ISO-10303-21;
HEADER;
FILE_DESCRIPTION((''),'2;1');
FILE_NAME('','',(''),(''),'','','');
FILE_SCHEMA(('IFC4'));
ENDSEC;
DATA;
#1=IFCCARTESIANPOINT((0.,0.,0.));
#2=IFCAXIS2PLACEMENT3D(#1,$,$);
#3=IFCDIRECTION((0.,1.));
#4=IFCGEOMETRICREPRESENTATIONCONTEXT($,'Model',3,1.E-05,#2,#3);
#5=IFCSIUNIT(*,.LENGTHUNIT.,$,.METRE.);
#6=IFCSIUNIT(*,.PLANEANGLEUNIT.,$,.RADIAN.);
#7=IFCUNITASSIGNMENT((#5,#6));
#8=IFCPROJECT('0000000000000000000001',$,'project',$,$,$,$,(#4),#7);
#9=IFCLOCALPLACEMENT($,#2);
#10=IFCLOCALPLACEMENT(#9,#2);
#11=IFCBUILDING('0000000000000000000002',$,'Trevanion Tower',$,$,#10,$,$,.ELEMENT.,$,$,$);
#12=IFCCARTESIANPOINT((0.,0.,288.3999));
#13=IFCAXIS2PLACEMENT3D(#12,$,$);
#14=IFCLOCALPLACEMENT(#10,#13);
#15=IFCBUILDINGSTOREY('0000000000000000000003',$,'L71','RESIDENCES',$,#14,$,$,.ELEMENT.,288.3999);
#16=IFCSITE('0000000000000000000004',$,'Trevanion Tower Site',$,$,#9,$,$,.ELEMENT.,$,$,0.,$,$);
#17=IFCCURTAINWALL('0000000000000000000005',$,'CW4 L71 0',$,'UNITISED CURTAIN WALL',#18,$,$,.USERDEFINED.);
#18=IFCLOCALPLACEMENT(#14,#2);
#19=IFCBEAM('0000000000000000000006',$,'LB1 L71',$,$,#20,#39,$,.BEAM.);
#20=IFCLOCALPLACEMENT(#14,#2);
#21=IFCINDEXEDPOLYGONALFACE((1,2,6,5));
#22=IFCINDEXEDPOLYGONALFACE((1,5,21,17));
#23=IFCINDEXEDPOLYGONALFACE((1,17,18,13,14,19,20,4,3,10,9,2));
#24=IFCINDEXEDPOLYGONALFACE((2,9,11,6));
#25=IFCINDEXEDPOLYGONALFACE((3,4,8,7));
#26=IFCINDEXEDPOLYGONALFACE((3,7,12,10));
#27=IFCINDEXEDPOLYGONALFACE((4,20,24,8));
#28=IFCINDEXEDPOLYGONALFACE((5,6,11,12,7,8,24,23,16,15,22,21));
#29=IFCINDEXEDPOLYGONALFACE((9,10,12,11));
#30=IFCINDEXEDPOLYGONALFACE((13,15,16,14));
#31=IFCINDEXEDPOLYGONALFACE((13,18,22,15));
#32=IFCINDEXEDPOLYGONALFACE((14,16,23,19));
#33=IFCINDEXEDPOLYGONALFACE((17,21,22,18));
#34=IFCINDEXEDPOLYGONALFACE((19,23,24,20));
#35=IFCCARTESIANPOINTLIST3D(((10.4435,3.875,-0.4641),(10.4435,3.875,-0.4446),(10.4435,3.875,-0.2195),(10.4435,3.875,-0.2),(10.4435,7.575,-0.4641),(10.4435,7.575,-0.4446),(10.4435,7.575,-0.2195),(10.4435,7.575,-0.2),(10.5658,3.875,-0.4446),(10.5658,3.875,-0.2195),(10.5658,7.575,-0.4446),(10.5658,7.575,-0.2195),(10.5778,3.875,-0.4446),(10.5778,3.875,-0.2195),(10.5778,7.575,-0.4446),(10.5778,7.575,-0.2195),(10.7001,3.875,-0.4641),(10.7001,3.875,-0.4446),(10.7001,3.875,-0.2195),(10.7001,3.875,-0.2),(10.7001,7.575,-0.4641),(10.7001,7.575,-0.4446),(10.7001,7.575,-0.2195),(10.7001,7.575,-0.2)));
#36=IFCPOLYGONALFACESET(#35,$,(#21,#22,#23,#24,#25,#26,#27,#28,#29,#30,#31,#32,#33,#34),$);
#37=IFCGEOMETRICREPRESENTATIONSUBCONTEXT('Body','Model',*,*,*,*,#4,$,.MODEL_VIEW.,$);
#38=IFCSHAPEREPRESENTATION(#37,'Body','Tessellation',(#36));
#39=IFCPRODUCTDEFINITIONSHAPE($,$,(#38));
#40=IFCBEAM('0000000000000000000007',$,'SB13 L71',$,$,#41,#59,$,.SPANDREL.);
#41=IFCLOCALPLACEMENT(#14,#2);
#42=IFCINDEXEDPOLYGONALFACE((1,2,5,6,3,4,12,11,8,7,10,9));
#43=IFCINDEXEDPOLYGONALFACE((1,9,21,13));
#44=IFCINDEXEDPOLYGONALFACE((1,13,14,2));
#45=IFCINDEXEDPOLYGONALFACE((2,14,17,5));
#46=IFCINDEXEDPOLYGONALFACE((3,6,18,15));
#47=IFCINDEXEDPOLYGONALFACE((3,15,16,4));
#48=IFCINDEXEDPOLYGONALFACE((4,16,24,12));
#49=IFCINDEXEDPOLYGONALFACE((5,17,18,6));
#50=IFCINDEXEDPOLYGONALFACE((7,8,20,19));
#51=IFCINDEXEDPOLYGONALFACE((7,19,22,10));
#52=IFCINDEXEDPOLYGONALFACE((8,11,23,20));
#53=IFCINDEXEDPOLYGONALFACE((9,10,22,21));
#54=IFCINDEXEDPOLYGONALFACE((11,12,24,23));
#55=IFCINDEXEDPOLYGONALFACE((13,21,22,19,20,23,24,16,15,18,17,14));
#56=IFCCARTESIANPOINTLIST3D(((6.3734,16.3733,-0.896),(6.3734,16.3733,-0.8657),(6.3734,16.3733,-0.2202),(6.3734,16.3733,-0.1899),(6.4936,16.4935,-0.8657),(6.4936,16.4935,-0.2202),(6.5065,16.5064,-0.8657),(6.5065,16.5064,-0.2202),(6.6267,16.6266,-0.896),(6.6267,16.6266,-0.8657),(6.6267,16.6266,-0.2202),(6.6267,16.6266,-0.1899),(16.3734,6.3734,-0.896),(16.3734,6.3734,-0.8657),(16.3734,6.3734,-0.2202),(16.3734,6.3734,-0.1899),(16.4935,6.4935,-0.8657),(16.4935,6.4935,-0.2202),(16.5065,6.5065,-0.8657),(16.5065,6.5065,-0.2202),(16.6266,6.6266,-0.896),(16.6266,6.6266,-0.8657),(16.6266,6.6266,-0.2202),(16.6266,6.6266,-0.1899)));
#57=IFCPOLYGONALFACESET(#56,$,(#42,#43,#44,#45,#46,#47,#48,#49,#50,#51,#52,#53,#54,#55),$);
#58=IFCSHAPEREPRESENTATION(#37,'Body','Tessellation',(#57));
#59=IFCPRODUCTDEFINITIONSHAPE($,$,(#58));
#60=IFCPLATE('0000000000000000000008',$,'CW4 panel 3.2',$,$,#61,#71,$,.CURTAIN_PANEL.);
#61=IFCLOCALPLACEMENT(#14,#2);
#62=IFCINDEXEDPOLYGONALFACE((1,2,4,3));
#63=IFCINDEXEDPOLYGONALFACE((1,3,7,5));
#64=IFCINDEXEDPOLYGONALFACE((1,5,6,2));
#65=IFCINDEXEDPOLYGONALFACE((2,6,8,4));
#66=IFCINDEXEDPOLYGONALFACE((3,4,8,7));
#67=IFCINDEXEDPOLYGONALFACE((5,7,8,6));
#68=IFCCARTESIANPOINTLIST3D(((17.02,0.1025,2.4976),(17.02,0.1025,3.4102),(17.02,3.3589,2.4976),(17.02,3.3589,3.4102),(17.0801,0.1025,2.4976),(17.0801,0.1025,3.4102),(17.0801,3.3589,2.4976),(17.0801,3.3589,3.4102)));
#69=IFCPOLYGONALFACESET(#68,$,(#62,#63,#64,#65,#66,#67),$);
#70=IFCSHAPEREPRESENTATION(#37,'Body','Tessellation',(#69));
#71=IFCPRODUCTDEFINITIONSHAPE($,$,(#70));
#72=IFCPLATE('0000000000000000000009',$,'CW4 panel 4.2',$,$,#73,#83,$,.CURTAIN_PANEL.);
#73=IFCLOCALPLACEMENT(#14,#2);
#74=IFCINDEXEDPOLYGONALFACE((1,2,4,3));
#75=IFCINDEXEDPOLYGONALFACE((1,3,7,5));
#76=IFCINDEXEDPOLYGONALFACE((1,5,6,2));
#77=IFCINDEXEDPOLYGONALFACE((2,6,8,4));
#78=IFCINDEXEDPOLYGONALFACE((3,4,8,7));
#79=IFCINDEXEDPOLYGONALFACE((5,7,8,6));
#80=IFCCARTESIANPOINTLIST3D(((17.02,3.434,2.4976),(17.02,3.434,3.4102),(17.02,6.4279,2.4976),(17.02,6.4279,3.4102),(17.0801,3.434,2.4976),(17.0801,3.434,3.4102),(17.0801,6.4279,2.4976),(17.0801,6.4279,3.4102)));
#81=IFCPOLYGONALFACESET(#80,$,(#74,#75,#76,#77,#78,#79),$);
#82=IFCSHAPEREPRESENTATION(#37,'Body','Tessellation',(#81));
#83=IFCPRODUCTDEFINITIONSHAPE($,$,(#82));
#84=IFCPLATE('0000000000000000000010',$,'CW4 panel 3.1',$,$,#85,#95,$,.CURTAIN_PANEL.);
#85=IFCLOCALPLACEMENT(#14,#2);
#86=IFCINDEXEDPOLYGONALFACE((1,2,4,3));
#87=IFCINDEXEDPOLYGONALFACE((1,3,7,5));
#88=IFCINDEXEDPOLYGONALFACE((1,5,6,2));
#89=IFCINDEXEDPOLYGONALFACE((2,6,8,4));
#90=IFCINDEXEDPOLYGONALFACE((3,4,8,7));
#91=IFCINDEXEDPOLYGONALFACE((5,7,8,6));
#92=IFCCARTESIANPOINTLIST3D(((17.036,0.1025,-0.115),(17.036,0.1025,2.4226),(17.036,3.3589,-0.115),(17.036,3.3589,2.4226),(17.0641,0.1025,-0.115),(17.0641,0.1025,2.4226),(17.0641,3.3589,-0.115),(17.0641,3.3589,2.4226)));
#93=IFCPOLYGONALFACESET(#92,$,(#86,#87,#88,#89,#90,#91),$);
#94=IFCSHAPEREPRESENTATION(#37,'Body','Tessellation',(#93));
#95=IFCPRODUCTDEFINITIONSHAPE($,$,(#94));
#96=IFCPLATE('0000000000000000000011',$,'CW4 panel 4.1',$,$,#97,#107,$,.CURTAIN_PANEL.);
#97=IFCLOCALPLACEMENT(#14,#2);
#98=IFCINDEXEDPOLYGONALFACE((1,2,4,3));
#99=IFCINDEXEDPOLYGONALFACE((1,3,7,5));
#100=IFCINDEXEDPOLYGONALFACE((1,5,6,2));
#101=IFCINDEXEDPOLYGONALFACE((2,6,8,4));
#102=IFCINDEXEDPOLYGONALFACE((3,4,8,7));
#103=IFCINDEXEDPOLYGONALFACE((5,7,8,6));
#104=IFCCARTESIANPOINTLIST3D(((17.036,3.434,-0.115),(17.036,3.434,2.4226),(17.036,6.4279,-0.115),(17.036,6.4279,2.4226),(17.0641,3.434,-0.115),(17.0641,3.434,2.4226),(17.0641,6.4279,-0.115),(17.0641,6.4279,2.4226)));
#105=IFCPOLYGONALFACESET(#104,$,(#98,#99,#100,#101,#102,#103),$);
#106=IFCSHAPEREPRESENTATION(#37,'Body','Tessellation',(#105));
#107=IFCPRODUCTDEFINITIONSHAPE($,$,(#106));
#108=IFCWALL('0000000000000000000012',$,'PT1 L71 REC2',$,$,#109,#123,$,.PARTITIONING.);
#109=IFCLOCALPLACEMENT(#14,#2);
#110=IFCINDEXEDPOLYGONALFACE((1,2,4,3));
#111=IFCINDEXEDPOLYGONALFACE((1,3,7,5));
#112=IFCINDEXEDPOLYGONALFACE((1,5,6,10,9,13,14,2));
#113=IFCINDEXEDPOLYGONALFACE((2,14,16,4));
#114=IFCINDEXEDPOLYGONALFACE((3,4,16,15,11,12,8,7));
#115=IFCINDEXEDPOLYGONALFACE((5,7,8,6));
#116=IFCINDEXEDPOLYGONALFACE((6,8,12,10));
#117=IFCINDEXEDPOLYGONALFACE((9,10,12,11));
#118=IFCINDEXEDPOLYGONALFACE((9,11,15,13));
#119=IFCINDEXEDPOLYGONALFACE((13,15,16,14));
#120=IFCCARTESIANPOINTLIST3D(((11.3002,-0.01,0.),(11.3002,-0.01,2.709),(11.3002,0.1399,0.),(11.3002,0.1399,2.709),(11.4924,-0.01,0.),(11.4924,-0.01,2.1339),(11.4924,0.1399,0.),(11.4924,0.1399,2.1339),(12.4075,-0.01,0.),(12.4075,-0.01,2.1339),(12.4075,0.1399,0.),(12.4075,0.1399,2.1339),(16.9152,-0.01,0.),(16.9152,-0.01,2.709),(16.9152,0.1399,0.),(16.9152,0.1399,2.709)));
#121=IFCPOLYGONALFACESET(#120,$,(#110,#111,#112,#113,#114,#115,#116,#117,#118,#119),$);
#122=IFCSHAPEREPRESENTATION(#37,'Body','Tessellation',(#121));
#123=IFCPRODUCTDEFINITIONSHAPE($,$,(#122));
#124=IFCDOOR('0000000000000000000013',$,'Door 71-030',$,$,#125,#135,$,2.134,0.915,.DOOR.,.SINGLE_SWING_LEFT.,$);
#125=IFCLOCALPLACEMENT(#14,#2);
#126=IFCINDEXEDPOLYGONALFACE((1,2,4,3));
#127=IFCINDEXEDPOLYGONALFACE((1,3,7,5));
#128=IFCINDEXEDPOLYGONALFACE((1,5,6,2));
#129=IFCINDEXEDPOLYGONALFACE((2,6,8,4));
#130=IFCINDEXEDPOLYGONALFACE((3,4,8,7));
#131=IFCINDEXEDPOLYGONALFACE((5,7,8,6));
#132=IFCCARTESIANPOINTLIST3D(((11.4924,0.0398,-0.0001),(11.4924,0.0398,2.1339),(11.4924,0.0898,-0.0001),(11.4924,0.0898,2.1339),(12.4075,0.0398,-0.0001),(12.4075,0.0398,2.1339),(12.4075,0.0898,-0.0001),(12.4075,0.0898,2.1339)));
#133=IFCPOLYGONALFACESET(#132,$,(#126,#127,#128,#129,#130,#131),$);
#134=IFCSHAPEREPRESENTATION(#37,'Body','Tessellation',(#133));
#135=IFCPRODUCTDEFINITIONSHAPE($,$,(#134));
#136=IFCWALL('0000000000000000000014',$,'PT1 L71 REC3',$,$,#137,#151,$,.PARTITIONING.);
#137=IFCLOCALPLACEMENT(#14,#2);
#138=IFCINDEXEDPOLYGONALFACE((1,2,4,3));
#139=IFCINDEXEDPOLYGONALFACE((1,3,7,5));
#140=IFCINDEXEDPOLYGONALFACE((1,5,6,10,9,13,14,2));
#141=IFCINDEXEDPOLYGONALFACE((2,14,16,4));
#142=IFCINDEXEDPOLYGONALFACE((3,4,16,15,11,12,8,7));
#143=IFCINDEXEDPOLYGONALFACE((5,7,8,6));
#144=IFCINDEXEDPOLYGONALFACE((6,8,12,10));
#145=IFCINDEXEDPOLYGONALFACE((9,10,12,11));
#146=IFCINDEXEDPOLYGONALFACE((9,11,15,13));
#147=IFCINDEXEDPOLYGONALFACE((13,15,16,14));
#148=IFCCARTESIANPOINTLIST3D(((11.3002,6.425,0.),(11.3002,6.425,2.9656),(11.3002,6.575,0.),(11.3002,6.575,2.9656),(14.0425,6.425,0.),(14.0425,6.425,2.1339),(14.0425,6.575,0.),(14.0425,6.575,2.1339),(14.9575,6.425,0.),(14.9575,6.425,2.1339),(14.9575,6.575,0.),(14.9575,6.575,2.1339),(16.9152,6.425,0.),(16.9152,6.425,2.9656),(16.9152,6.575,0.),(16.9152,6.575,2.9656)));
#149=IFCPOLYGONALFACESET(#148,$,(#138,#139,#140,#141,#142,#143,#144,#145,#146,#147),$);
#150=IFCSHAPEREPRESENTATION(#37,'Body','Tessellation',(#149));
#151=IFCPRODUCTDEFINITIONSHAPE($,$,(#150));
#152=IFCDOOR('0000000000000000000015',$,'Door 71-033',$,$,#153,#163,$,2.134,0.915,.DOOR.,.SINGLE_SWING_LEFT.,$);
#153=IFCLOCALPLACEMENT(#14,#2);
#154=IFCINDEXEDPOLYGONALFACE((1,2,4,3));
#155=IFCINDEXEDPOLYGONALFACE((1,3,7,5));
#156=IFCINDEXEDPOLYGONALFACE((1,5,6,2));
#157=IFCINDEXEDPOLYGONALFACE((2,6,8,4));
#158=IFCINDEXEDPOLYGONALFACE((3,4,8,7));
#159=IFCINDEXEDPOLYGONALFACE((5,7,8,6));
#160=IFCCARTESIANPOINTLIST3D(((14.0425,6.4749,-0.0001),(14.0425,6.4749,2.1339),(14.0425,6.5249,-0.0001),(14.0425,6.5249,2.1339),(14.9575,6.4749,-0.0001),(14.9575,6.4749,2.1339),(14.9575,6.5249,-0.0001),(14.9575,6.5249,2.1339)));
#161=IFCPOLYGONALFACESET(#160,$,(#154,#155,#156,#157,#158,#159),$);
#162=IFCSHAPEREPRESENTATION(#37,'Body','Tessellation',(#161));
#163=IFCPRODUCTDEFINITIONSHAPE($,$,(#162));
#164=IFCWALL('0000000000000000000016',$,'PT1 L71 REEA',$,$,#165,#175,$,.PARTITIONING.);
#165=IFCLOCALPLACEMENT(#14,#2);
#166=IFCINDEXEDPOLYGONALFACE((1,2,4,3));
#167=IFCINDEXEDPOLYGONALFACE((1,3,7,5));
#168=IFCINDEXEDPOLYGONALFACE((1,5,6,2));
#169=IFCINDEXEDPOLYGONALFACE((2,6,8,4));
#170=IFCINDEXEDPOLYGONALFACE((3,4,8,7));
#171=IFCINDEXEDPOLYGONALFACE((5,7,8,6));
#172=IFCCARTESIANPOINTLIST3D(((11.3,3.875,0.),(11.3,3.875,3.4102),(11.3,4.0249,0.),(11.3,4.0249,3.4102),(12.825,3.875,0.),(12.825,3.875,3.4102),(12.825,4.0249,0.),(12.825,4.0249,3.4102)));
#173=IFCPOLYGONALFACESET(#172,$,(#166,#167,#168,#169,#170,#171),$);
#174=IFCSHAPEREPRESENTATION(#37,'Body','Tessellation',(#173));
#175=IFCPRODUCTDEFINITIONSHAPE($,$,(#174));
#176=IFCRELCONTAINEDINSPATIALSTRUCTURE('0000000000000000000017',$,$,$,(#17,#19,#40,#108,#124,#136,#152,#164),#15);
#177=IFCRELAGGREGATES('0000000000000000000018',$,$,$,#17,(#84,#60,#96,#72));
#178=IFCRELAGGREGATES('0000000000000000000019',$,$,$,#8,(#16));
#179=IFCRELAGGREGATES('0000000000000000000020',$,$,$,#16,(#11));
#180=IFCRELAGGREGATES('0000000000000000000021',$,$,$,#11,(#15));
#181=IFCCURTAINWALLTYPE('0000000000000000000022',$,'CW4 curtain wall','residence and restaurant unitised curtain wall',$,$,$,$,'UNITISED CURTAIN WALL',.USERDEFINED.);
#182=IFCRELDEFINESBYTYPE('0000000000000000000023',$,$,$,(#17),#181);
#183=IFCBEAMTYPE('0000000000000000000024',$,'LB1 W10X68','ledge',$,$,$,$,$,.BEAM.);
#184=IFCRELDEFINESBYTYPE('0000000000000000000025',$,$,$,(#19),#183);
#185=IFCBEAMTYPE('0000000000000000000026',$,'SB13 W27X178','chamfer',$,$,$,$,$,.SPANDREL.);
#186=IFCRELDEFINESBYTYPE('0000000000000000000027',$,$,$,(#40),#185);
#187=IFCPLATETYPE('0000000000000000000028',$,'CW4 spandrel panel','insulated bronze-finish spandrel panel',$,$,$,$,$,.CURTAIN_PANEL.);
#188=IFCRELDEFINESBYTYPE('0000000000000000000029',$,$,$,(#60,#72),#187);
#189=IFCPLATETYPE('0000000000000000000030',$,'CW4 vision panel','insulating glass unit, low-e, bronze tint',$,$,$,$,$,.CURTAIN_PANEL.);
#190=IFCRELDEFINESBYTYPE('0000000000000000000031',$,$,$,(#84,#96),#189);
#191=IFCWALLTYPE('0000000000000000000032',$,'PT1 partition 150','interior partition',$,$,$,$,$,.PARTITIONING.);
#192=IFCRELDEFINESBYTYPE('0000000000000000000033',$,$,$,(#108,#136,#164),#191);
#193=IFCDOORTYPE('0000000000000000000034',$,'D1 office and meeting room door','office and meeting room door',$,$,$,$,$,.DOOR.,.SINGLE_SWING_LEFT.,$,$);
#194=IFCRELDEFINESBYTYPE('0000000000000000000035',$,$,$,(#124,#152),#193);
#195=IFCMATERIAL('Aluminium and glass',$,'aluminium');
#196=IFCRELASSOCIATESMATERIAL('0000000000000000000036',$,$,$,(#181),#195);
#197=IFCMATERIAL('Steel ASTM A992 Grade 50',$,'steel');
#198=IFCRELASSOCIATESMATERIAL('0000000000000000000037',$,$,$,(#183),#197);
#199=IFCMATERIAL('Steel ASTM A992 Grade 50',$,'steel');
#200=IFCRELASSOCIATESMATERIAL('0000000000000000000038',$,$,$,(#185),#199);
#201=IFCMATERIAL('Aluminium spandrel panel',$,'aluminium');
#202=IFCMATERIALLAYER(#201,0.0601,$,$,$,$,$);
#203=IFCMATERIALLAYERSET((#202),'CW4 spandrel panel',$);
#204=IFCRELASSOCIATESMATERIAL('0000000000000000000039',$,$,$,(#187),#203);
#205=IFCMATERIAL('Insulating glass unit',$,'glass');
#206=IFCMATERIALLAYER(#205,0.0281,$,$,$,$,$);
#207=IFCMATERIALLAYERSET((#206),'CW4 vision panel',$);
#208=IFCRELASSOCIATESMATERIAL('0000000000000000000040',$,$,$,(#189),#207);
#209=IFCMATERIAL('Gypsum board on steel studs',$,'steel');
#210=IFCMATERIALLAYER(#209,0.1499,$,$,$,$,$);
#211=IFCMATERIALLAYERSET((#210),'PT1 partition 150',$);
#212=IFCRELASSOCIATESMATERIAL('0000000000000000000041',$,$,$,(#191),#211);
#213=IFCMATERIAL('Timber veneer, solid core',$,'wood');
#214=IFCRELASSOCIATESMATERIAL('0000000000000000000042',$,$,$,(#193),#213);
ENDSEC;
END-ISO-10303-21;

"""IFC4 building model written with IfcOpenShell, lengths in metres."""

from ifc_helpers import new_model, si_unit, direction, frame, frame_2d, origin, origin_2d, place, context, subcontext, project, spatial, rectangle, i_section, extrude, material, layer, layer_set, material_profile, profile_set, type_object, element, fill, aggregate, save


model = new_model("IFC4")

# Units and contexts
model_context = context("Model", 3, precision=1e-05, world=origin(), true_north=direction((0.0, 1.0)))
body_context = subcontext(model_context, "Body", "Model", "MODEL_VIEW")
ifc_project = project(units=[si_unit("LENGTHUNIT", "METRE"), si_unit("PLANEANGLEUNIT", "RADIAN")], contexts=[model_context])

# Site, building, storey
site_placement = place(None, origin())
site = spatial("IfcSite", under=ifc_project, at=site_placement, Name="Trevanion Tower Site", CompositionType="ELEMENT", RefElevation=0.0)
building_placement = place(site_placement, origin())
building = spatial("IfcBuilding", under=site, at=building_placement, Name="Trevanion Tower", CompositionType="ELEMENT")
storey_placement = place(building_placement, frame((0.0, 0.0, 288.3999)))
storey = spatial("IfcBuildingStorey", under=building, at=storey_placement, Name="L71", Description="RESIDENCES", CompositionType="ELEMENT", Elevation=288.3999)

# Curtain wall
ifc_material_1 = material(Name="Aluminium and glass", Category="aluminium")
curtain_wall_type = type_object("IfcCurtainWallType", Name="CW4 curtain wall", Description="residence and restaurant unitised curtain wall", ElementType="UNITISED CURTAIN WALL", PredefinedType="USERDEFINED", material=ifc_material_1)
curtain_wall_placement = place(storey_placement, origin())
curtain_wall = element("IfcCurtainWall", 1, at=curtain_wall_placement, inside=storey, type_object=curtain_wall_type, Name="CW4 L71 0", ObjectType="UNITISED CURTAIN WALL", PredefinedType="USERDEFINED")

# Beams
ifc_material_2 = material(Name="Steel ASTM A992 Grade 50", Category="steel")
ifc_material_profile_1 = material_profile(ifc_material_2, i_section(OverallWidth=0.2566, OverallDepth=0.2642, WebThickness=0.012, FlangeThickness=0.0195, at=origin_2d()), Name="W10X68")
ifc_profile_set_1 = profile_set([ifc_material_profile_1], Name="Steel ASTM A992 Grade 50")
beam_type_1 = type_object("IfcBeamType", Name="LB1 W10X68", Description="ledge", PredefinedType="BEAM", material=ifc_profile_set_1)
beam_1_placement = place(storey_placement, frame((10.5718, 3.875, -0.332), z_axis=(0.0, 1.0, 0.0), x_axis=(-1.0, 0.0, 0.0)))
element("IfcBeam", 2, at=beam_1_placement, inside=storey, type_object=beam_type_1, Name="LB1 L71", PredefinedType="BEAM", context=body_context, shape_type="SweptSolid", body=[
    extrude(i_section(OverallWidth=0.2566, OverallDepth=0.2642, WebThickness=0.012, FlangeThickness=0.0195, at=origin_2d()), origin(), (0.0, 0.0, 1.0), 3.7),
])
ifc_material_3 = material(Name="Steel ASTM A992 Grade 50", Category="steel")
ifc_material_profile_2 = material_profile(ifc_material_3, i_section(OverallWidth=0.3582, OverallDepth=0.7061, WebThickness=0.0183, FlangeThickness=0.0303, at=origin_2d()), Name="W27X178")
ifc_profile_set_2 = profile_set([ifc_material_profile_2], Name="Steel ASTM A992 Grade 50")
beam_type_2 = type_object("IfcBeamType", Name="SB13 W27X178", Description="chamfer", PredefinedType="SPANDREL", material=ifc_profile_set_2)
beam_2_placement = place(storey_placement, frame((16.5, 6.5, -0.543), z_axis=(-0.707107, 0.707107, 0.0), x_axis=(-0.707107, -0.707107, 0.0)))
element("IfcBeam", 3, at=beam_2_placement, inside=storey, type_object=beam_type_2, Name="SB13 L71", PredefinedType="SPANDREL", context=body_context, shape_type="SweptSolid", body=[
    extrude(i_section(OverallWidth=0.3582, OverallDepth=0.7061, WebThickness=0.0183, FlangeThickness=0.0303, at=origin_2d()), origin(), (0.0, 0.0, 1.0), 14.1421),
])

# Plates
ifc_material_4 = material(Name="Aluminium spandrel panel", Category="aluminium")
ifc_layer_1 = layer(ifc_material_4, 0.0601)
ifc_layer_set_1 = layer_set([ifc_layer_1], Name="CW4 spandrel panel")
plate_type_1 = type_object("IfcPlateType", Name="CW4 spandrel panel", Description="insulated bronze-finish spandrel panel", PredefinedType="CURTAIN_PANEL", material=ifc_layer_set_1)
plate_1_placement = place(storey_placement, frame((17.05, 1.7307, 2.4976), z_axis=(0.0, 0.0, 1.0), x_axis=(0.0, 1.0, 0.0)))
plate_1 = element("IfcPlate", 4, at=plate_1_placement, type_object=plate_type_1, Name="CW4 panel 3.2", PredefinedType="CURTAIN_PANEL", context=body_context, shape_type="SweptSolid", body=[
    extrude(rectangle(XDim=3.2563, YDim=0.0601, at=origin_2d()), origin(), (0.0, 0.0, 1.0), 0.9126),
])
plate_2_placement = place(storey_placement, frame((17.05, 4.9309, 2.4976), z_axis=(0.0, 0.0, 1.0), x_axis=(0.0, 1.0, 0.0)))
plate_2 = element("IfcPlate", 5, at=plate_2_placement, type_object=plate_type_1, Name="CW4 panel 4.2", PredefinedType="CURTAIN_PANEL", context=body_context, shape_type="SweptSolid", body=[
    extrude(rectangle(XDim=2.9939, YDim=0.0601, at=origin_2d()), origin(), (0.0, 0.0, 1.0), 0.9126),
])
ifc_material_5 = material(Name="Insulating glass unit", Category="glass")
ifc_layer_2 = layer(ifc_material_5, 0.0281)
ifc_layer_set_2 = layer_set([ifc_layer_2], Name="CW4 vision panel")
plate_type_2 = type_object("IfcPlateType", Name="CW4 vision panel", Description="insulating glass unit, low-e, bronze tint", PredefinedType="CURTAIN_PANEL", material=ifc_layer_set_2)
plate_3_placement = place(storey_placement, frame((17.05, 1.7307, -0.115), z_axis=(0.0, 0.0, 1.0), x_axis=(0.0, 1.0, 0.0)))
plate_3 = element("IfcPlate", 6, at=plate_3_placement, type_object=plate_type_2, Name="CW4 panel 3.1", PredefinedType="CURTAIN_PANEL", context=body_context, shape_type="SweptSolid", body=[
    extrude(rectangle(XDim=3.2563, YDim=0.0281, at=origin_2d()), origin(), (0.0, 0.0, 1.0), 2.5376),
])
plate_4_placement = place(storey_placement, frame((17.05, 4.9309, -0.115), z_axis=(0.0, 0.0, 1.0), x_axis=(0.0, 1.0, 0.0)))
plate_4 = element("IfcPlate", 7, at=plate_4_placement, type_object=plate_type_2, Name="CW4 panel 4.1", PredefinedType="CURTAIN_PANEL", context=body_context, shape_type="SweptSolid", body=[
    extrude(rectangle(XDim=2.9939, YDim=0.0281, at=origin_2d()), origin(), (0.0, 0.0, 1.0), 2.5376),
])
aggregate(curtain_wall, [plate_3, plate_1, plate_4, plate_2])

# Walls, openings, doors
ifc_material_6 = material(Name="Gypsum board on steel studs", Category="steel")
ifc_layer_3 = layer(ifc_material_6, 0.1499)
ifc_layer_set_3 = layer_set([ifc_layer_3], Name="PT1 partition 150")
wall_type_1 = type_object("IfcWallType", Name="PT1 partition 150", Description="interior partition", PredefinedType="PARTITIONING", material=ifc_layer_set_3)
wall_1_placement = place(storey_placement, frame((11.3, 0.0649, 0.0), z_axis=(0.0, 0.0, 1.0), x_axis=(1.0, 0.0, 0.0)))
wall_1 = element("IfcWall", 8, at=wall_1_placement, inside=storey, type_object=wall_type_1, Name="PT1 L71 REC2", PredefinedType="PARTITIONING", context=body_context, shape_type="SweptSolid", body=[
    extrude(rectangle(XDim=5.615, YDim=0.1499, at=frame_2d((2.8076, 0.0))), origin(), (0.0, 0.0, 1.0), 2.709),
])
opening_1_placement = place(wall_1_placement, frame((0.1924, 0.0, 0.0)))
opening_1 = element("IfcOpeningElement", 9, at=opening_1_placement, cuts=wall_1, PredefinedType="OPENING", context=body_context, shape_type="SweptSolid", body=[
    extrude(rectangle(XDim=0.915, YDim=2.134, at=frame_2d((0.4575, 1.0669))), frame((0.0, 0.085, 0.0), z_axis=(0.0, -1.0, 0.0), x_axis=(1.0, 0.0, 0.0)), (0.0, 0.0, 1.0), 0.1699),
])
ifc_material_7 = material(Name="Timber veneer, solid core", Category="wood")
door_type_1 = type_object("IfcDoorType", Name="D1 office and meeting room door", Description="office and meeting room door", OperationType="SINGLE_SWING_LEFT", PredefinedType="DOOR", material=ifc_material_7)
door_1_placement = place(opening_1_placement, origin())
door_1 = element("IfcDoor", 10, at=door_1_placement, inside=storey, type_object=door_type_1, Name="Door 71-030", OperationType="SINGLE_SWING_LEFT", OverallHeight=2.134, OverallWidth=0.915, PredefinedType="DOOR", context=body_context, shape_type="SweptSolid", body=[
    extrude(rectangle(XDim=0.915, YDim=2.134, at=frame_2d((0.4575, 1.0669))), frame((0.0, 0.0249, 0.0), z_axis=(0.0, -1.0, 0.0), x_axis=(1.0, 0.0, 0.0)), (0.0, 0.0, 1.0), 0.05),
])
fill(opening_1, door_1)
wall_2_placement = place(storey_placement, frame((11.3, 6.5, 0.0), z_axis=(0.0, 0.0, 1.0), x_axis=(1.0, 0.0, 0.0)))
wall_2 = element("IfcWall", 11, at=wall_2_placement, inside=storey, type_object=wall_type_1, Name="PT1 L71 REC3", PredefinedType="PARTITIONING", context=body_context, shape_type="SweptSolid", body=[
    extrude(rectangle(XDim=5.615, YDim=0.1499, at=frame_2d((2.8076, 0.0))), origin(), (0.0, 0.0, 1.0), 2.9656),
])
opening_2_placement = place(wall_2_placement, frame((2.7424, 0.0, 0.0)))
opening_2 = element("IfcOpeningElement", 12, at=opening_2_placement, cuts=wall_2, PredefinedType="OPENING", context=body_context, shape_type="SweptSolid", body=[
    extrude(rectangle(XDim=0.915, YDim=2.134, at=frame_2d((0.4575, 1.0669))), frame((0.0, 0.085, 0.0), z_axis=(0.0, -1.0, 0.0), x_axis=(1.0, 0.0, 0.0)), (0.0, 0.0, 1.0), 0.1699),
])
door_2_placement = place(opening_2_placement, origin())
door_2 = element("IfcDoor", 13, at=door_2_placement, inside=storey, type_object=door_type_1, Name="Door 71-033", OperationType="SINGLE_SWING_LEFT", OverallHeight=2.134, OverallWidth=0.915, PredefinedType="DOOR", context=body_context, shape_type="SweptSolid", body=[
    extrude(rectangle(XDim=0.915, YDim=2.134, at=frame_2d((0.4575, 1.0669))), frame((0.0, 0.0249, 0.0), z_axis=(0.0, -1.0, 0.0), x_axis=(1.0, 0.0, 0.0)), (0.0, 0.0, 1.0), 0.05),
])
fill(opening_2, door_2)

# Wall
for number, where, z_axis, x_axis, name in (
    (14, (11.3, 3.95, 0.0), (0.0, 0.0, 1.0), (1.0, 0.0, 0.0), "PT1 L71 REEA"),
):
    element("IfcWall", number, at=place(storey_placement, frame(where, z_axis=z_axis, x_axis=x_axis)), inside=storey, type_object=wall_type_1, Name=name, PredefinedType="PARTITIONING", context=body_context, shape_type="SweptSolid", body=[
        extrude(rectangle(XDim=1.5249, YDim=0.1499, at=frame_2d((0.7625, 0.0))), origin(), (0.0, 0.0, 1.0), 3.4102),
    ])

save(model, "model.ifc")
